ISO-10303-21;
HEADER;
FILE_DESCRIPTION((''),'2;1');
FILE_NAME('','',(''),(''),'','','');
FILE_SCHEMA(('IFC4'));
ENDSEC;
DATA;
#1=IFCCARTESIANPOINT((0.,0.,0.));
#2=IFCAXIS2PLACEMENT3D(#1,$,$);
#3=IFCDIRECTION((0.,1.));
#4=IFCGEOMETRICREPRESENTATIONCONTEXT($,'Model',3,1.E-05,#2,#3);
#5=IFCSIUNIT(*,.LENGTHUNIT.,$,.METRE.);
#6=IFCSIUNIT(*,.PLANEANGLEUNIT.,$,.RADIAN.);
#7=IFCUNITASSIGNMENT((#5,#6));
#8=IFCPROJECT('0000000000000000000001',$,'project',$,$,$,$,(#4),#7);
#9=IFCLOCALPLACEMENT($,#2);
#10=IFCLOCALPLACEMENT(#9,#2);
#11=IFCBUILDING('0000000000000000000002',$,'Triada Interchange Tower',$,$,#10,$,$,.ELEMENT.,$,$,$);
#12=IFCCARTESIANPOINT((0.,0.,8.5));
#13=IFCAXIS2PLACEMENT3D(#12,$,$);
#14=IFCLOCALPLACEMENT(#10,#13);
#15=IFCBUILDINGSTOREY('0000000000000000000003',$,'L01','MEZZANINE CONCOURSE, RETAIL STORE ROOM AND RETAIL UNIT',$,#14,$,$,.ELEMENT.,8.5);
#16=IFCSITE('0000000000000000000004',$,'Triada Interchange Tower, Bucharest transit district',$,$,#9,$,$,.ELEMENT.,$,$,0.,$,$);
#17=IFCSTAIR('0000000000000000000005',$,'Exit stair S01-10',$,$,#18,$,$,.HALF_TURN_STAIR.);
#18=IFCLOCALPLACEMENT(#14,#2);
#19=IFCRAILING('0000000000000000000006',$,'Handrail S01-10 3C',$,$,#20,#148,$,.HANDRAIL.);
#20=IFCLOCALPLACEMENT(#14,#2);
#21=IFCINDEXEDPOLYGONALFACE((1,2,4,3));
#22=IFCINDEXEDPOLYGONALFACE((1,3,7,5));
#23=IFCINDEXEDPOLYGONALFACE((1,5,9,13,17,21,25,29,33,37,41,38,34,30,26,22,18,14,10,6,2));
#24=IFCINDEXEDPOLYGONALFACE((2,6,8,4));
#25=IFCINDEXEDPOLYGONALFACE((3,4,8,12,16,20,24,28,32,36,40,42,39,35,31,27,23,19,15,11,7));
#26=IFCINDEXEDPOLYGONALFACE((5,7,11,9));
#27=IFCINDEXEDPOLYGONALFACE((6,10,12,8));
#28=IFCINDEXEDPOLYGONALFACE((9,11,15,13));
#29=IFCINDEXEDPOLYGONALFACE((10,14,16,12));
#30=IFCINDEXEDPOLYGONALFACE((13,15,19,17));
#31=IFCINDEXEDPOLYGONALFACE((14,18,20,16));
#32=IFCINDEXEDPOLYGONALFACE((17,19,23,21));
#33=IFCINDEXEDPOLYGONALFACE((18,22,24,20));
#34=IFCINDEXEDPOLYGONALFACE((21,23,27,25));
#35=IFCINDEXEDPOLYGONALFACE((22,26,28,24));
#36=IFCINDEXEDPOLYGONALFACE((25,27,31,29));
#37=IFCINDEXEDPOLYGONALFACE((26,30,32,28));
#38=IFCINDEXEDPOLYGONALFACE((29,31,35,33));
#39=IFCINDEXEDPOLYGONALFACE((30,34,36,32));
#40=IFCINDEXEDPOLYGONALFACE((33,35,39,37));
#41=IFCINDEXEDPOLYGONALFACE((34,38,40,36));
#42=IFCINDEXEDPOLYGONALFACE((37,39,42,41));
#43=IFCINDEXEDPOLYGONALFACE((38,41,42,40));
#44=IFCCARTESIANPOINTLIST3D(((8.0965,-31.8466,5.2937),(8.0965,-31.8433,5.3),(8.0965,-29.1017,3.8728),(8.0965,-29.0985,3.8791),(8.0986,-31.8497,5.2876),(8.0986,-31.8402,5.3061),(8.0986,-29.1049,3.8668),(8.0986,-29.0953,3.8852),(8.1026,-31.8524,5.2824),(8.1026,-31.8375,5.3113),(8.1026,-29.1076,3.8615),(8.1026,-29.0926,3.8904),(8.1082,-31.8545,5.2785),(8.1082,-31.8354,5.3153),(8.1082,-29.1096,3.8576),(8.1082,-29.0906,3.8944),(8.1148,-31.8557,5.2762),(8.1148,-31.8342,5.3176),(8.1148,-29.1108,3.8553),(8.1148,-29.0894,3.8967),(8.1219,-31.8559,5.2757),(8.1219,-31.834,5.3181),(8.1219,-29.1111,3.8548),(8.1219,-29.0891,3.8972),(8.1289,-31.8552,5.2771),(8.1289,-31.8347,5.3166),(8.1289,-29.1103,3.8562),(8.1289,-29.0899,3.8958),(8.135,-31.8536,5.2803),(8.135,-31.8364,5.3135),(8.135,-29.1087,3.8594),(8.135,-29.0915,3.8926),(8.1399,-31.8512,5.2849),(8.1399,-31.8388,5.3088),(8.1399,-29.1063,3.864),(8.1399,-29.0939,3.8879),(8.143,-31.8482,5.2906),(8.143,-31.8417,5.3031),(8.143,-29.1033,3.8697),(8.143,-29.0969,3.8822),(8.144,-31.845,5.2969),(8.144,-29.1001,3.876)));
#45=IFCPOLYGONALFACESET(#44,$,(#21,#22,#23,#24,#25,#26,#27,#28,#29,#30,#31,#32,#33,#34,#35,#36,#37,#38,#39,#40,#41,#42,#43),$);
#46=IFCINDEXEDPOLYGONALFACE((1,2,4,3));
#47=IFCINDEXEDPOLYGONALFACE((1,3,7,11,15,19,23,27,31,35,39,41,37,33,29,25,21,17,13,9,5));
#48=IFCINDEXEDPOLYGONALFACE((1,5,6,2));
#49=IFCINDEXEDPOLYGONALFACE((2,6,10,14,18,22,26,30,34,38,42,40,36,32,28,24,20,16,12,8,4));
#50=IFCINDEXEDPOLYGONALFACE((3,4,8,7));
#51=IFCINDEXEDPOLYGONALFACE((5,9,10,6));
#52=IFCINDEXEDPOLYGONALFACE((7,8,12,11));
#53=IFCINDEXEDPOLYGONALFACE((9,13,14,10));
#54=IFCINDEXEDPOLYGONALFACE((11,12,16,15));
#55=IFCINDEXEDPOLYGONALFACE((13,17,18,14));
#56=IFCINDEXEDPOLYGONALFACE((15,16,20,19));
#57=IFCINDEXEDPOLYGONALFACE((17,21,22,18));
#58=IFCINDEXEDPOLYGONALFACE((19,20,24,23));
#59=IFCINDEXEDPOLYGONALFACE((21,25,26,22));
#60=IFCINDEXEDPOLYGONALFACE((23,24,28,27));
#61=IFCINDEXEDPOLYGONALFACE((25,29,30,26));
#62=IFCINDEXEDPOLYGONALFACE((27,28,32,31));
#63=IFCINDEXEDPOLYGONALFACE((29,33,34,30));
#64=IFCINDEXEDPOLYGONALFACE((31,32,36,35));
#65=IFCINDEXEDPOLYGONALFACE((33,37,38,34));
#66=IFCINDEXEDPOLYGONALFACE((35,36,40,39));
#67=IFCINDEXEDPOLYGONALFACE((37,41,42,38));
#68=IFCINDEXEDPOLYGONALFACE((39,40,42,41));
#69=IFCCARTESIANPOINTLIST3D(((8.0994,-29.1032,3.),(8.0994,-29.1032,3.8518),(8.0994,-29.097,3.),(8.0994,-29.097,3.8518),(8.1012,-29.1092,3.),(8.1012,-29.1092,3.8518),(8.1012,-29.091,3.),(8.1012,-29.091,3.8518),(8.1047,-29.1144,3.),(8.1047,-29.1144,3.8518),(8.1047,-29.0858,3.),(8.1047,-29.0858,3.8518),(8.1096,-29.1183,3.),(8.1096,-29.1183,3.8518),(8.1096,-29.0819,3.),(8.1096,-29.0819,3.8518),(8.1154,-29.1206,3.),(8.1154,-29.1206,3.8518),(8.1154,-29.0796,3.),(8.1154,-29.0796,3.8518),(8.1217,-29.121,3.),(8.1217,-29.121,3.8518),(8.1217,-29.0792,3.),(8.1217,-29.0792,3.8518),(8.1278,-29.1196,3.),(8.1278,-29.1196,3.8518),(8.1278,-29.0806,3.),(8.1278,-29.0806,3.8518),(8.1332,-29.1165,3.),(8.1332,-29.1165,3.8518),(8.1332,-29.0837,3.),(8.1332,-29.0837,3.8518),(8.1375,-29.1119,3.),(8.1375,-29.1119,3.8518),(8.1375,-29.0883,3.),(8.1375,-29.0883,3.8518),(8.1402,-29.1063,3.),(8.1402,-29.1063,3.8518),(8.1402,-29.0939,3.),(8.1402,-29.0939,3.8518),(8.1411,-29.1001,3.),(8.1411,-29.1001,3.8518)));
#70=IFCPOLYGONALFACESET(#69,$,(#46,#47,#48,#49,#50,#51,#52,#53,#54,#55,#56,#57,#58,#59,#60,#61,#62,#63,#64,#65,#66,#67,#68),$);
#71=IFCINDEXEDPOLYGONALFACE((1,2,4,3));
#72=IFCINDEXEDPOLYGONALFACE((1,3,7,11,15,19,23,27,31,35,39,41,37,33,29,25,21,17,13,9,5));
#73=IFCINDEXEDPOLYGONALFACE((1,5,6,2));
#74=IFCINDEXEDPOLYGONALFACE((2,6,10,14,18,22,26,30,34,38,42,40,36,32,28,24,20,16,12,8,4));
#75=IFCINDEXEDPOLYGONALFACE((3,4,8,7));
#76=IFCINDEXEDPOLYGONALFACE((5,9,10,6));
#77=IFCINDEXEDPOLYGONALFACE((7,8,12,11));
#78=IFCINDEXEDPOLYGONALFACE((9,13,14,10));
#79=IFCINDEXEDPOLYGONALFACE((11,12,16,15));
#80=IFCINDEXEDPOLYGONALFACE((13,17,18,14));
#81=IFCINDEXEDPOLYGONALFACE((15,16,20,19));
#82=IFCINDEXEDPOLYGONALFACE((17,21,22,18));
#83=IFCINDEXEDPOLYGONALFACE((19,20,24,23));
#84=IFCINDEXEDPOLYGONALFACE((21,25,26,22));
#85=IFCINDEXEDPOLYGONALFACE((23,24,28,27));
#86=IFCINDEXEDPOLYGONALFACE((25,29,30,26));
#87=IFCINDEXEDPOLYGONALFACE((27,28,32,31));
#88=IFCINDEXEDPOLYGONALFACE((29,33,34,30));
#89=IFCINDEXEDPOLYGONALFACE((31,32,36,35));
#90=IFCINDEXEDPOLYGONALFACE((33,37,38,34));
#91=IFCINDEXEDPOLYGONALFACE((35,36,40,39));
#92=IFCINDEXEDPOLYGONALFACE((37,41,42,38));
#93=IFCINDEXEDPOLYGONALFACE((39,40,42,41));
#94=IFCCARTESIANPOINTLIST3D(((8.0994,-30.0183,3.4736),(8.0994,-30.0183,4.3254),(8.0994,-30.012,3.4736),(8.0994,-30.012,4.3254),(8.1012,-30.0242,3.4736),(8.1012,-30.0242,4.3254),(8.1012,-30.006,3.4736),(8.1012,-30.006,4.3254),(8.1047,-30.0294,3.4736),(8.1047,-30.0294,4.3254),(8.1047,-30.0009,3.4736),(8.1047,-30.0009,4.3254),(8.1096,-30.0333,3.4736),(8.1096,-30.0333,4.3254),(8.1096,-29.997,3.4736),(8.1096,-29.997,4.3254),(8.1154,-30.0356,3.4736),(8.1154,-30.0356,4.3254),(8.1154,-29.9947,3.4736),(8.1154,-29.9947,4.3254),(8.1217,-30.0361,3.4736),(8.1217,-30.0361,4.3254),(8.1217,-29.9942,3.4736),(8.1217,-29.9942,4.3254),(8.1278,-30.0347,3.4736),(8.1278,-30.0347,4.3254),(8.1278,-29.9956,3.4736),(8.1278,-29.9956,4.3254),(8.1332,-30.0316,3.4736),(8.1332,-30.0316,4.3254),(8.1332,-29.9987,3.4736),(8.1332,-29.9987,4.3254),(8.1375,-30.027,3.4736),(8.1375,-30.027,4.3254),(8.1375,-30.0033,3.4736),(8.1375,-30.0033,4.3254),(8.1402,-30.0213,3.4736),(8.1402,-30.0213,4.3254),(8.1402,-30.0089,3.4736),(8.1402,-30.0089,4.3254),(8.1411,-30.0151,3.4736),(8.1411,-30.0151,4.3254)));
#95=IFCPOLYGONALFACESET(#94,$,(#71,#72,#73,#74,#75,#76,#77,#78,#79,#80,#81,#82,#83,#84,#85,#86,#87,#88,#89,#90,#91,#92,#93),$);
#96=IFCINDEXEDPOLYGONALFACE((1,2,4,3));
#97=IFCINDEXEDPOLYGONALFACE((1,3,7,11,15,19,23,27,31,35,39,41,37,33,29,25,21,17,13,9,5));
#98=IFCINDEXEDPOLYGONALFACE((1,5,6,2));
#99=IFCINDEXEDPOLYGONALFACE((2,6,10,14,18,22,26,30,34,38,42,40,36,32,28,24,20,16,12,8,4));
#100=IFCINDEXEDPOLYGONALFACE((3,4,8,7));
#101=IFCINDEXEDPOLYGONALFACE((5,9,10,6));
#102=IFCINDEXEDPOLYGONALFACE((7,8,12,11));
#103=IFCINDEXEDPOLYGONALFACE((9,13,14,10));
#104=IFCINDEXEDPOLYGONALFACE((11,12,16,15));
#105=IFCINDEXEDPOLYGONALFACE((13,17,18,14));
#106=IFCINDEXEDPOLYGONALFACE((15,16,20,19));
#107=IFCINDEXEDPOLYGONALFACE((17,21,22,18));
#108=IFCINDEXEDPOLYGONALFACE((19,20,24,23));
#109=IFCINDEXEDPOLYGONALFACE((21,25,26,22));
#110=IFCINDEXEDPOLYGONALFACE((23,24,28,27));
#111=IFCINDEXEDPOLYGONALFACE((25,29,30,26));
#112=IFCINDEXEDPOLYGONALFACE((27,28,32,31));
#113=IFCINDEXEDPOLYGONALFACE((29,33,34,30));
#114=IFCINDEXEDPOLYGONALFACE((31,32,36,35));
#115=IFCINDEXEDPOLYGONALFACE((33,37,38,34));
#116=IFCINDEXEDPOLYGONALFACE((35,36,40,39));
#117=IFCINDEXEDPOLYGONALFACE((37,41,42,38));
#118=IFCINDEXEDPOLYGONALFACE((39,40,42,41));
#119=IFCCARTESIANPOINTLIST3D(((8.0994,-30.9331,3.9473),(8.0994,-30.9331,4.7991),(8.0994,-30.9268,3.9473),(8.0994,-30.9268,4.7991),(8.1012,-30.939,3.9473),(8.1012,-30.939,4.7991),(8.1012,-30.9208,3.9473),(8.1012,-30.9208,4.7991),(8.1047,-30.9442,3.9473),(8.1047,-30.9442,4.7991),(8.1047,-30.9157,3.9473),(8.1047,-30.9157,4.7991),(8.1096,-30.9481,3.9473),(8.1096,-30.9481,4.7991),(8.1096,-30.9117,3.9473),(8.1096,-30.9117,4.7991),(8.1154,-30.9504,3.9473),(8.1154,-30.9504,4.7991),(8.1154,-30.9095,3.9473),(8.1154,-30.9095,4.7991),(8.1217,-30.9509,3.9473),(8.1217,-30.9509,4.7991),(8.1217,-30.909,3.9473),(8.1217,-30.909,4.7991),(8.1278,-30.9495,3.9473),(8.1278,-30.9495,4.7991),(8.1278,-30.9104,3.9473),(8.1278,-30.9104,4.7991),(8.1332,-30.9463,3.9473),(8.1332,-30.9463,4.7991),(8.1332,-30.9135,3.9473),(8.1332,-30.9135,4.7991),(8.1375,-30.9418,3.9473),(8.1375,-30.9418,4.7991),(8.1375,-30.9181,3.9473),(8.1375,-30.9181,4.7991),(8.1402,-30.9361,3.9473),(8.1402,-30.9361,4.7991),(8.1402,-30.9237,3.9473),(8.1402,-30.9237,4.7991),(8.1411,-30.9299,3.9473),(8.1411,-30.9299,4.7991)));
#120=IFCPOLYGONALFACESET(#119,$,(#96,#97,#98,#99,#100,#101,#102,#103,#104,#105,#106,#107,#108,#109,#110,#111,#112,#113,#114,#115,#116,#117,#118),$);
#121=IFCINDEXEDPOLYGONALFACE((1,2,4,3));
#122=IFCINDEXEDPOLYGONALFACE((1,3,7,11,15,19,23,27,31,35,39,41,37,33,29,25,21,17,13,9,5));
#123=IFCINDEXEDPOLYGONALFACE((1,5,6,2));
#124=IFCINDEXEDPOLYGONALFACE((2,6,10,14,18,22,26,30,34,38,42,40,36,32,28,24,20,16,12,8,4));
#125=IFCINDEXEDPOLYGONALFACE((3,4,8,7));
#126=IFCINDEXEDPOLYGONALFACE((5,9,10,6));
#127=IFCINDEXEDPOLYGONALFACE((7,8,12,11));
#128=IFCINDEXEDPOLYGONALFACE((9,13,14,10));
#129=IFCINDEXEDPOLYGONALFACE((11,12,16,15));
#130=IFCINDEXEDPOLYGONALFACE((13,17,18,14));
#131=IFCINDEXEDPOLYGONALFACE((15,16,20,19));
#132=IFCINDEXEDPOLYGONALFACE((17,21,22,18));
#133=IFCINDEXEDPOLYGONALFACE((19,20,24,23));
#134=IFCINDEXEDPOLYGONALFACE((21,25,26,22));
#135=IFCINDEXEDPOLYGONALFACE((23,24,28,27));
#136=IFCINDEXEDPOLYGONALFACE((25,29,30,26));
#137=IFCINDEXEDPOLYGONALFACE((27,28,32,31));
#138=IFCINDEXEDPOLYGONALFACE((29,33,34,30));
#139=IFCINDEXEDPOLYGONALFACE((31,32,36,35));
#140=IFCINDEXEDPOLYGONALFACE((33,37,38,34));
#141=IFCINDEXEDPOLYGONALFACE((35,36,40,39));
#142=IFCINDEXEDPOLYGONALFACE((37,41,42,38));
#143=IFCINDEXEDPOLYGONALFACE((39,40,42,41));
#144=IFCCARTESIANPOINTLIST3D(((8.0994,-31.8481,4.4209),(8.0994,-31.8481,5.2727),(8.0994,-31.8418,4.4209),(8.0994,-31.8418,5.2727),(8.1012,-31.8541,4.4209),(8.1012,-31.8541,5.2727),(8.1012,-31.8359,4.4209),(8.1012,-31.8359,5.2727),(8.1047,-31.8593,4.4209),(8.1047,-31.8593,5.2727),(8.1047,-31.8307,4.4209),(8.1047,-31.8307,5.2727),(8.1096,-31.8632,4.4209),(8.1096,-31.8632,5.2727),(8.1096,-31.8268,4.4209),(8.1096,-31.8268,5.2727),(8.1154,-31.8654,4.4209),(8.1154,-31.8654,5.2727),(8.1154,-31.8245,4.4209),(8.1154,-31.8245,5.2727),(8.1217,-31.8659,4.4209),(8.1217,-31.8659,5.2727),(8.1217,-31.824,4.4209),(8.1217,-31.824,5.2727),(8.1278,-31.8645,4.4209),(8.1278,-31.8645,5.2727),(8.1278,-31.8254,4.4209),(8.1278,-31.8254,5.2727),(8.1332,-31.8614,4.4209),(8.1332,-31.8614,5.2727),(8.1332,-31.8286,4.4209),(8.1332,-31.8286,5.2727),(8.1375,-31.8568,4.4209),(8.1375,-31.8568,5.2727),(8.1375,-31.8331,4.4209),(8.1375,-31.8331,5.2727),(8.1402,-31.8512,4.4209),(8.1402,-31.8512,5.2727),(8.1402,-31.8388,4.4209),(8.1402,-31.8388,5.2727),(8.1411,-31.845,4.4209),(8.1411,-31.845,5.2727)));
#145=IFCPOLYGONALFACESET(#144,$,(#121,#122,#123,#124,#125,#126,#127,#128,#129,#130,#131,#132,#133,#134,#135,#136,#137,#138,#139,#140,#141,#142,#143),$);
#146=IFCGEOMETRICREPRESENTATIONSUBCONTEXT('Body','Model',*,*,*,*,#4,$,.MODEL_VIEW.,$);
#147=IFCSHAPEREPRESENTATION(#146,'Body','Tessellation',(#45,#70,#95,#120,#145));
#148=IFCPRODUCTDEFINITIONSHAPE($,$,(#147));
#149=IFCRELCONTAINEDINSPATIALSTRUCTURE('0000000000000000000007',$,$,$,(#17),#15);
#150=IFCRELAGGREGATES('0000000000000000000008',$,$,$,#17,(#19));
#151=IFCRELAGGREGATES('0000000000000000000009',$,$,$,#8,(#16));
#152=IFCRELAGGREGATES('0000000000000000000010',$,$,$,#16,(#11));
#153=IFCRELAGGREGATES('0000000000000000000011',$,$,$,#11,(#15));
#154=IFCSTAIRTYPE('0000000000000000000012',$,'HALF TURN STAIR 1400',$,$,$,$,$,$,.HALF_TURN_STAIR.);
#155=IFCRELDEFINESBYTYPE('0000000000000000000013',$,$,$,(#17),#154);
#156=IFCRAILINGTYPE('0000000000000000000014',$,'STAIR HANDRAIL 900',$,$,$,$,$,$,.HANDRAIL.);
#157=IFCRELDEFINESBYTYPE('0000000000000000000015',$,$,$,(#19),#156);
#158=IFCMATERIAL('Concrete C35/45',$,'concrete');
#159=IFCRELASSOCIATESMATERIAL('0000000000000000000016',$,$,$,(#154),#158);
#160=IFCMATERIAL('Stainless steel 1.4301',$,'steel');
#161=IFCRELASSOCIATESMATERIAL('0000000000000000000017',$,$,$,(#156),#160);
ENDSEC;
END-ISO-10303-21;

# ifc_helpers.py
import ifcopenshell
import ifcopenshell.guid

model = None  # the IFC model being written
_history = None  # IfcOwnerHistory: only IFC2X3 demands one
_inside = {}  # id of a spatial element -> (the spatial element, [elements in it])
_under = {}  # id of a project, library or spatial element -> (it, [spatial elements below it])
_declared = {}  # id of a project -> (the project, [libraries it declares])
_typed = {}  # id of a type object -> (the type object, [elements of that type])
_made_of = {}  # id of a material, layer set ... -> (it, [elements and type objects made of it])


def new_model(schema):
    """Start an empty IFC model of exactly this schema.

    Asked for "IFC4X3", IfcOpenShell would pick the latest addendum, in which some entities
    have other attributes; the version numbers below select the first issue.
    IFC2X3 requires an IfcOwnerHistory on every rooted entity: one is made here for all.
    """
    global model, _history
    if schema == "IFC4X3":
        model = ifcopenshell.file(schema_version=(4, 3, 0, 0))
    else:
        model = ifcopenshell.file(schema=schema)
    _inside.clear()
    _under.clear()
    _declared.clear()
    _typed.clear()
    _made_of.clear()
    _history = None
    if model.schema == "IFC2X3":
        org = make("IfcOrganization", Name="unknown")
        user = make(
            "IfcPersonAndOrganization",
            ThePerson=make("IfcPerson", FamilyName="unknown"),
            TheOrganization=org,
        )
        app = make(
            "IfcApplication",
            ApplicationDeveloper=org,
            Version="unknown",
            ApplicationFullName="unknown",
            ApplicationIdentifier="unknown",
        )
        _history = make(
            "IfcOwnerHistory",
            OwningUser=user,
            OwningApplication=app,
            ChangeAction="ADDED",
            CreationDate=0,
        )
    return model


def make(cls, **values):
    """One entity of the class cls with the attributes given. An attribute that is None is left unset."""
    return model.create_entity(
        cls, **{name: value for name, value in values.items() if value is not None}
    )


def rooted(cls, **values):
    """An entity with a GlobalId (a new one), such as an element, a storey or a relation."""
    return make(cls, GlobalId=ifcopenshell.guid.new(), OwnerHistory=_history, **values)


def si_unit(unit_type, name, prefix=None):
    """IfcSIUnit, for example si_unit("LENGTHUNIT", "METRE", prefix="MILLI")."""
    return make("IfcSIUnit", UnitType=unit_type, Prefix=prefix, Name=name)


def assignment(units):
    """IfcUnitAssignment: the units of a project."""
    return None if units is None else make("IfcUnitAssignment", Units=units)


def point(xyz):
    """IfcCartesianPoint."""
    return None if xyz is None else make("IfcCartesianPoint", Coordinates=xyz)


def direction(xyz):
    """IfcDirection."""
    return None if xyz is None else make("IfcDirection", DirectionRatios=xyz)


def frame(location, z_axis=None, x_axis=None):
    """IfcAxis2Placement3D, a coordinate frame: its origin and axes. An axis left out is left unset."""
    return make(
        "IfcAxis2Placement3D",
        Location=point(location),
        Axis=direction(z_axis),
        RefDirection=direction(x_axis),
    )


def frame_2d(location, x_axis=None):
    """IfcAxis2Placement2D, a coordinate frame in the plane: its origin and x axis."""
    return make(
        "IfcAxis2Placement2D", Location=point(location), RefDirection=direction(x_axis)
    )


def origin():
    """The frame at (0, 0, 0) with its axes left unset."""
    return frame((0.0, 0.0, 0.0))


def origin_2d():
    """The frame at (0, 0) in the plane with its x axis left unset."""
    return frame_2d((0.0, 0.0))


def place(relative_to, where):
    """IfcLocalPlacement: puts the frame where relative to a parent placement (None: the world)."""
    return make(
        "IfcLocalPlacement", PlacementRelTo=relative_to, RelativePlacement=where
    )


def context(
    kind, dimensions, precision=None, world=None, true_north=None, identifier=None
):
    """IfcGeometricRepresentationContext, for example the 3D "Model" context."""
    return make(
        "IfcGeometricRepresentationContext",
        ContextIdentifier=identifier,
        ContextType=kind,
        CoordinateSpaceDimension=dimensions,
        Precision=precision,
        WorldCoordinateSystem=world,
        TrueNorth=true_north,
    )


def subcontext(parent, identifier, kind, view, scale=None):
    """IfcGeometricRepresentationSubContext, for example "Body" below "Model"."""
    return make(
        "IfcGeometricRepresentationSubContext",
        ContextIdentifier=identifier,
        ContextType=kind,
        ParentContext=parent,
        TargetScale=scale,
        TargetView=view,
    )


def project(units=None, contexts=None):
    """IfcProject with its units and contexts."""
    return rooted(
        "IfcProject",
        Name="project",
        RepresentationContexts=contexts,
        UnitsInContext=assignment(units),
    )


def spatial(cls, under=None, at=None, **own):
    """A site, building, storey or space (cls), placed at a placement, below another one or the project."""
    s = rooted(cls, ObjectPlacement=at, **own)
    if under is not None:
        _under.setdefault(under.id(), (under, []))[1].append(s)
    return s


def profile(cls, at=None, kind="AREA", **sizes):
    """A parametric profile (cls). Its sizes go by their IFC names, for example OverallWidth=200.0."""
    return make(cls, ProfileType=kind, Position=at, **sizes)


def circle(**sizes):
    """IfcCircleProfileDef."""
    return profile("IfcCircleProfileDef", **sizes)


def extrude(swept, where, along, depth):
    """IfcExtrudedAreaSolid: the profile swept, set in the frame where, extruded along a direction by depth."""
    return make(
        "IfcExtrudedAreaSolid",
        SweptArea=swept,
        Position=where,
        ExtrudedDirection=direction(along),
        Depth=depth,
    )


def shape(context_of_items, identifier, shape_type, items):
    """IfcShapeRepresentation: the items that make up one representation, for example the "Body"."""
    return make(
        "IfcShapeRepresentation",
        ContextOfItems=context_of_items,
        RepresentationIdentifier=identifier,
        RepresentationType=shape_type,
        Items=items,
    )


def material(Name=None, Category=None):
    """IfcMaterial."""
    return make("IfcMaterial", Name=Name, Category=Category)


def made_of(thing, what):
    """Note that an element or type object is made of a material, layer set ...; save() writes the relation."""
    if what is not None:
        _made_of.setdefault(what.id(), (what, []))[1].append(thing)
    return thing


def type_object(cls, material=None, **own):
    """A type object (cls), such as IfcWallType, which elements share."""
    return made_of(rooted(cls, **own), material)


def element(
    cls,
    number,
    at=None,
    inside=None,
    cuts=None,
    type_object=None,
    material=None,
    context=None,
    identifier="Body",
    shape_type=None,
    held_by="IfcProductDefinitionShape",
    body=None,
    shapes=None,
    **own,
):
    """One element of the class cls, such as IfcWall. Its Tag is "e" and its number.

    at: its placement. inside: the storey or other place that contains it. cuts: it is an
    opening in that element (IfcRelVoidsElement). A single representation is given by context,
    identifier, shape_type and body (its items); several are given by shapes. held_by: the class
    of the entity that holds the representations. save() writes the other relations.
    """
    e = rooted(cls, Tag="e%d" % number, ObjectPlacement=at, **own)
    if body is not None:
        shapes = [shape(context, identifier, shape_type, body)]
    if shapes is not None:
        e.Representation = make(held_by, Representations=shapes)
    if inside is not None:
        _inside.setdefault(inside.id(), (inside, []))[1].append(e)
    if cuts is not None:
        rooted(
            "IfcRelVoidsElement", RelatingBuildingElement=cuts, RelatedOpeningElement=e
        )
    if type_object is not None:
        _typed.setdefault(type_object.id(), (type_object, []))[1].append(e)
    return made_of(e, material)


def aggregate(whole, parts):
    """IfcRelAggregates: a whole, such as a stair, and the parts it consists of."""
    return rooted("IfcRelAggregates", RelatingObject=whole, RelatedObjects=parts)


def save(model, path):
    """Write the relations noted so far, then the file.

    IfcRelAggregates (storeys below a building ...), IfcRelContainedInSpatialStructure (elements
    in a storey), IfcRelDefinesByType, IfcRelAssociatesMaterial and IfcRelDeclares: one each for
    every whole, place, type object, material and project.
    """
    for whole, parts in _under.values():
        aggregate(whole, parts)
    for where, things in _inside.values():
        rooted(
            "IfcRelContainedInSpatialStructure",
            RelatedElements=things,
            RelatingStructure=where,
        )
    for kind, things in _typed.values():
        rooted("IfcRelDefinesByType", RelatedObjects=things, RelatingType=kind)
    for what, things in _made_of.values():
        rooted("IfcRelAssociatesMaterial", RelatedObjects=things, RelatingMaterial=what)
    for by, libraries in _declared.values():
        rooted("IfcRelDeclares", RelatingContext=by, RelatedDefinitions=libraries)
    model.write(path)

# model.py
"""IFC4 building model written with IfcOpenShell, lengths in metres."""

from ifc_helpers import new_model, si_unit, direction, frame, origin, origin_2d, place, context, subcontext, project, spatial, circle, extrude, material, type_object, element, aggregate, save


model = new_model("IFC4")

# Units and contexts
model_context = context("Model", 3, precision=1e-05, world=origin(), true_north=direction((0.0, 1.0)))
body_context = subcontext(model_context, "Body", "Model", "MODEL_VIEW")
ifc_project = project(units=[si_unit("LENGTHUNIT", "METRE"), si_unit("PLANEANGLEUNIT", "RADIAN")], contexts=[model_context])

# Site, building, storey
site_placement = place(None, origin())
site = spatial("IfcSite", under=ifc_project, at=site_placement, Name="Triada Interchange Tower, Bucharest transit district", CompositionType="ELEMENT", RefElevation=0.0)
building_placement = place(site_placement, origin())
building = spatial("IfcBuilding", under=site, at=building_placement, Name="Triada Interchange Tower", CompositionType="ELEMENT")
storey_placement = place(building_placement, frame((0.0, 0.0, 8.5)))
storey = spatial("IfcBuildingStorey", under=building, at=storey_placement, Name="L01", Description="MEZZANINE CONCOURSE, RETAIL STORE ROOM AND RETAIL UNIT", CompositionType="ELEMENT", Elevation=8.5)

# Shared definitions
ifc_material_1 = material(Name="Concrete C35/45", Category="concrete")

# Shared definitions
stair_type = type_object("IfcStairType", Name="HALF TURN STAIR 1400", PredefinedType="HALF_TURN_STAIR", material=ifc_material_1)

# Stair
stair_1_placement = place(storey_placement, origin())
stair_1 = element("IfcStair", 1, at=stair_1_placement, inside=storey, type_object=stair_type, Name="Exit stair S01-10", PredefinedType="HALF_TURN_STAIR")
ifc_material_2 = material(Name="Stainless steel 1.4301", Category="steel")

# Railing
railing_type_1 = type_object("IfcRailingType", Name="STAIR HANDRAIL 900", PredefinedType="HANDRAIL", material=ifc_material_2)
railing_1_placement = place(storey_placement, frame((8.1201, -29.1001, 3.0)))
railing_1 = element("IfcRailing", 2, at=railing_1_placement, type_object=railing_type_1, Name="Handrail S01-10 3C", PredefinedType="HANDRAIL", context=body_context, shape_type="SweptSolid", body=[
    extrude(circle(Radius=0.0239, at=origin_2d()), frame((0.0, 0.0, 0.876), z_axis=(0.0, -0.888068, 0.459713), x_axis=(1.0, 0.0, 0.0)), (0.0, 0.0, 1.0), 3.0908),
    extrude(circle(Radius=0.021, at=origin_2d()), origin(), (0.0, 0.0, 1.0), 0.8518),
    extrude(circle(Radius=0.021, at=origin_2d()), frame((0.0, -0.915, 0.4736)), (0.0, 0.0, 1.0), 0.8518),
    extrude(circle(Radius=0.021, at=origin_2d()), frame((0.0, -1.8298, 0.9473)), (0.0, 0.0, 1.0), 0.8518),
    extrude(circle(Radius=0.021, at=origin_2d()), frame((0.0, -2.7449, 1.4209)), (0.0, 0.0, 1.0), 0.8518),
])
aggregate(stair_1, [railing_1])

save(model, "model.ifc")
